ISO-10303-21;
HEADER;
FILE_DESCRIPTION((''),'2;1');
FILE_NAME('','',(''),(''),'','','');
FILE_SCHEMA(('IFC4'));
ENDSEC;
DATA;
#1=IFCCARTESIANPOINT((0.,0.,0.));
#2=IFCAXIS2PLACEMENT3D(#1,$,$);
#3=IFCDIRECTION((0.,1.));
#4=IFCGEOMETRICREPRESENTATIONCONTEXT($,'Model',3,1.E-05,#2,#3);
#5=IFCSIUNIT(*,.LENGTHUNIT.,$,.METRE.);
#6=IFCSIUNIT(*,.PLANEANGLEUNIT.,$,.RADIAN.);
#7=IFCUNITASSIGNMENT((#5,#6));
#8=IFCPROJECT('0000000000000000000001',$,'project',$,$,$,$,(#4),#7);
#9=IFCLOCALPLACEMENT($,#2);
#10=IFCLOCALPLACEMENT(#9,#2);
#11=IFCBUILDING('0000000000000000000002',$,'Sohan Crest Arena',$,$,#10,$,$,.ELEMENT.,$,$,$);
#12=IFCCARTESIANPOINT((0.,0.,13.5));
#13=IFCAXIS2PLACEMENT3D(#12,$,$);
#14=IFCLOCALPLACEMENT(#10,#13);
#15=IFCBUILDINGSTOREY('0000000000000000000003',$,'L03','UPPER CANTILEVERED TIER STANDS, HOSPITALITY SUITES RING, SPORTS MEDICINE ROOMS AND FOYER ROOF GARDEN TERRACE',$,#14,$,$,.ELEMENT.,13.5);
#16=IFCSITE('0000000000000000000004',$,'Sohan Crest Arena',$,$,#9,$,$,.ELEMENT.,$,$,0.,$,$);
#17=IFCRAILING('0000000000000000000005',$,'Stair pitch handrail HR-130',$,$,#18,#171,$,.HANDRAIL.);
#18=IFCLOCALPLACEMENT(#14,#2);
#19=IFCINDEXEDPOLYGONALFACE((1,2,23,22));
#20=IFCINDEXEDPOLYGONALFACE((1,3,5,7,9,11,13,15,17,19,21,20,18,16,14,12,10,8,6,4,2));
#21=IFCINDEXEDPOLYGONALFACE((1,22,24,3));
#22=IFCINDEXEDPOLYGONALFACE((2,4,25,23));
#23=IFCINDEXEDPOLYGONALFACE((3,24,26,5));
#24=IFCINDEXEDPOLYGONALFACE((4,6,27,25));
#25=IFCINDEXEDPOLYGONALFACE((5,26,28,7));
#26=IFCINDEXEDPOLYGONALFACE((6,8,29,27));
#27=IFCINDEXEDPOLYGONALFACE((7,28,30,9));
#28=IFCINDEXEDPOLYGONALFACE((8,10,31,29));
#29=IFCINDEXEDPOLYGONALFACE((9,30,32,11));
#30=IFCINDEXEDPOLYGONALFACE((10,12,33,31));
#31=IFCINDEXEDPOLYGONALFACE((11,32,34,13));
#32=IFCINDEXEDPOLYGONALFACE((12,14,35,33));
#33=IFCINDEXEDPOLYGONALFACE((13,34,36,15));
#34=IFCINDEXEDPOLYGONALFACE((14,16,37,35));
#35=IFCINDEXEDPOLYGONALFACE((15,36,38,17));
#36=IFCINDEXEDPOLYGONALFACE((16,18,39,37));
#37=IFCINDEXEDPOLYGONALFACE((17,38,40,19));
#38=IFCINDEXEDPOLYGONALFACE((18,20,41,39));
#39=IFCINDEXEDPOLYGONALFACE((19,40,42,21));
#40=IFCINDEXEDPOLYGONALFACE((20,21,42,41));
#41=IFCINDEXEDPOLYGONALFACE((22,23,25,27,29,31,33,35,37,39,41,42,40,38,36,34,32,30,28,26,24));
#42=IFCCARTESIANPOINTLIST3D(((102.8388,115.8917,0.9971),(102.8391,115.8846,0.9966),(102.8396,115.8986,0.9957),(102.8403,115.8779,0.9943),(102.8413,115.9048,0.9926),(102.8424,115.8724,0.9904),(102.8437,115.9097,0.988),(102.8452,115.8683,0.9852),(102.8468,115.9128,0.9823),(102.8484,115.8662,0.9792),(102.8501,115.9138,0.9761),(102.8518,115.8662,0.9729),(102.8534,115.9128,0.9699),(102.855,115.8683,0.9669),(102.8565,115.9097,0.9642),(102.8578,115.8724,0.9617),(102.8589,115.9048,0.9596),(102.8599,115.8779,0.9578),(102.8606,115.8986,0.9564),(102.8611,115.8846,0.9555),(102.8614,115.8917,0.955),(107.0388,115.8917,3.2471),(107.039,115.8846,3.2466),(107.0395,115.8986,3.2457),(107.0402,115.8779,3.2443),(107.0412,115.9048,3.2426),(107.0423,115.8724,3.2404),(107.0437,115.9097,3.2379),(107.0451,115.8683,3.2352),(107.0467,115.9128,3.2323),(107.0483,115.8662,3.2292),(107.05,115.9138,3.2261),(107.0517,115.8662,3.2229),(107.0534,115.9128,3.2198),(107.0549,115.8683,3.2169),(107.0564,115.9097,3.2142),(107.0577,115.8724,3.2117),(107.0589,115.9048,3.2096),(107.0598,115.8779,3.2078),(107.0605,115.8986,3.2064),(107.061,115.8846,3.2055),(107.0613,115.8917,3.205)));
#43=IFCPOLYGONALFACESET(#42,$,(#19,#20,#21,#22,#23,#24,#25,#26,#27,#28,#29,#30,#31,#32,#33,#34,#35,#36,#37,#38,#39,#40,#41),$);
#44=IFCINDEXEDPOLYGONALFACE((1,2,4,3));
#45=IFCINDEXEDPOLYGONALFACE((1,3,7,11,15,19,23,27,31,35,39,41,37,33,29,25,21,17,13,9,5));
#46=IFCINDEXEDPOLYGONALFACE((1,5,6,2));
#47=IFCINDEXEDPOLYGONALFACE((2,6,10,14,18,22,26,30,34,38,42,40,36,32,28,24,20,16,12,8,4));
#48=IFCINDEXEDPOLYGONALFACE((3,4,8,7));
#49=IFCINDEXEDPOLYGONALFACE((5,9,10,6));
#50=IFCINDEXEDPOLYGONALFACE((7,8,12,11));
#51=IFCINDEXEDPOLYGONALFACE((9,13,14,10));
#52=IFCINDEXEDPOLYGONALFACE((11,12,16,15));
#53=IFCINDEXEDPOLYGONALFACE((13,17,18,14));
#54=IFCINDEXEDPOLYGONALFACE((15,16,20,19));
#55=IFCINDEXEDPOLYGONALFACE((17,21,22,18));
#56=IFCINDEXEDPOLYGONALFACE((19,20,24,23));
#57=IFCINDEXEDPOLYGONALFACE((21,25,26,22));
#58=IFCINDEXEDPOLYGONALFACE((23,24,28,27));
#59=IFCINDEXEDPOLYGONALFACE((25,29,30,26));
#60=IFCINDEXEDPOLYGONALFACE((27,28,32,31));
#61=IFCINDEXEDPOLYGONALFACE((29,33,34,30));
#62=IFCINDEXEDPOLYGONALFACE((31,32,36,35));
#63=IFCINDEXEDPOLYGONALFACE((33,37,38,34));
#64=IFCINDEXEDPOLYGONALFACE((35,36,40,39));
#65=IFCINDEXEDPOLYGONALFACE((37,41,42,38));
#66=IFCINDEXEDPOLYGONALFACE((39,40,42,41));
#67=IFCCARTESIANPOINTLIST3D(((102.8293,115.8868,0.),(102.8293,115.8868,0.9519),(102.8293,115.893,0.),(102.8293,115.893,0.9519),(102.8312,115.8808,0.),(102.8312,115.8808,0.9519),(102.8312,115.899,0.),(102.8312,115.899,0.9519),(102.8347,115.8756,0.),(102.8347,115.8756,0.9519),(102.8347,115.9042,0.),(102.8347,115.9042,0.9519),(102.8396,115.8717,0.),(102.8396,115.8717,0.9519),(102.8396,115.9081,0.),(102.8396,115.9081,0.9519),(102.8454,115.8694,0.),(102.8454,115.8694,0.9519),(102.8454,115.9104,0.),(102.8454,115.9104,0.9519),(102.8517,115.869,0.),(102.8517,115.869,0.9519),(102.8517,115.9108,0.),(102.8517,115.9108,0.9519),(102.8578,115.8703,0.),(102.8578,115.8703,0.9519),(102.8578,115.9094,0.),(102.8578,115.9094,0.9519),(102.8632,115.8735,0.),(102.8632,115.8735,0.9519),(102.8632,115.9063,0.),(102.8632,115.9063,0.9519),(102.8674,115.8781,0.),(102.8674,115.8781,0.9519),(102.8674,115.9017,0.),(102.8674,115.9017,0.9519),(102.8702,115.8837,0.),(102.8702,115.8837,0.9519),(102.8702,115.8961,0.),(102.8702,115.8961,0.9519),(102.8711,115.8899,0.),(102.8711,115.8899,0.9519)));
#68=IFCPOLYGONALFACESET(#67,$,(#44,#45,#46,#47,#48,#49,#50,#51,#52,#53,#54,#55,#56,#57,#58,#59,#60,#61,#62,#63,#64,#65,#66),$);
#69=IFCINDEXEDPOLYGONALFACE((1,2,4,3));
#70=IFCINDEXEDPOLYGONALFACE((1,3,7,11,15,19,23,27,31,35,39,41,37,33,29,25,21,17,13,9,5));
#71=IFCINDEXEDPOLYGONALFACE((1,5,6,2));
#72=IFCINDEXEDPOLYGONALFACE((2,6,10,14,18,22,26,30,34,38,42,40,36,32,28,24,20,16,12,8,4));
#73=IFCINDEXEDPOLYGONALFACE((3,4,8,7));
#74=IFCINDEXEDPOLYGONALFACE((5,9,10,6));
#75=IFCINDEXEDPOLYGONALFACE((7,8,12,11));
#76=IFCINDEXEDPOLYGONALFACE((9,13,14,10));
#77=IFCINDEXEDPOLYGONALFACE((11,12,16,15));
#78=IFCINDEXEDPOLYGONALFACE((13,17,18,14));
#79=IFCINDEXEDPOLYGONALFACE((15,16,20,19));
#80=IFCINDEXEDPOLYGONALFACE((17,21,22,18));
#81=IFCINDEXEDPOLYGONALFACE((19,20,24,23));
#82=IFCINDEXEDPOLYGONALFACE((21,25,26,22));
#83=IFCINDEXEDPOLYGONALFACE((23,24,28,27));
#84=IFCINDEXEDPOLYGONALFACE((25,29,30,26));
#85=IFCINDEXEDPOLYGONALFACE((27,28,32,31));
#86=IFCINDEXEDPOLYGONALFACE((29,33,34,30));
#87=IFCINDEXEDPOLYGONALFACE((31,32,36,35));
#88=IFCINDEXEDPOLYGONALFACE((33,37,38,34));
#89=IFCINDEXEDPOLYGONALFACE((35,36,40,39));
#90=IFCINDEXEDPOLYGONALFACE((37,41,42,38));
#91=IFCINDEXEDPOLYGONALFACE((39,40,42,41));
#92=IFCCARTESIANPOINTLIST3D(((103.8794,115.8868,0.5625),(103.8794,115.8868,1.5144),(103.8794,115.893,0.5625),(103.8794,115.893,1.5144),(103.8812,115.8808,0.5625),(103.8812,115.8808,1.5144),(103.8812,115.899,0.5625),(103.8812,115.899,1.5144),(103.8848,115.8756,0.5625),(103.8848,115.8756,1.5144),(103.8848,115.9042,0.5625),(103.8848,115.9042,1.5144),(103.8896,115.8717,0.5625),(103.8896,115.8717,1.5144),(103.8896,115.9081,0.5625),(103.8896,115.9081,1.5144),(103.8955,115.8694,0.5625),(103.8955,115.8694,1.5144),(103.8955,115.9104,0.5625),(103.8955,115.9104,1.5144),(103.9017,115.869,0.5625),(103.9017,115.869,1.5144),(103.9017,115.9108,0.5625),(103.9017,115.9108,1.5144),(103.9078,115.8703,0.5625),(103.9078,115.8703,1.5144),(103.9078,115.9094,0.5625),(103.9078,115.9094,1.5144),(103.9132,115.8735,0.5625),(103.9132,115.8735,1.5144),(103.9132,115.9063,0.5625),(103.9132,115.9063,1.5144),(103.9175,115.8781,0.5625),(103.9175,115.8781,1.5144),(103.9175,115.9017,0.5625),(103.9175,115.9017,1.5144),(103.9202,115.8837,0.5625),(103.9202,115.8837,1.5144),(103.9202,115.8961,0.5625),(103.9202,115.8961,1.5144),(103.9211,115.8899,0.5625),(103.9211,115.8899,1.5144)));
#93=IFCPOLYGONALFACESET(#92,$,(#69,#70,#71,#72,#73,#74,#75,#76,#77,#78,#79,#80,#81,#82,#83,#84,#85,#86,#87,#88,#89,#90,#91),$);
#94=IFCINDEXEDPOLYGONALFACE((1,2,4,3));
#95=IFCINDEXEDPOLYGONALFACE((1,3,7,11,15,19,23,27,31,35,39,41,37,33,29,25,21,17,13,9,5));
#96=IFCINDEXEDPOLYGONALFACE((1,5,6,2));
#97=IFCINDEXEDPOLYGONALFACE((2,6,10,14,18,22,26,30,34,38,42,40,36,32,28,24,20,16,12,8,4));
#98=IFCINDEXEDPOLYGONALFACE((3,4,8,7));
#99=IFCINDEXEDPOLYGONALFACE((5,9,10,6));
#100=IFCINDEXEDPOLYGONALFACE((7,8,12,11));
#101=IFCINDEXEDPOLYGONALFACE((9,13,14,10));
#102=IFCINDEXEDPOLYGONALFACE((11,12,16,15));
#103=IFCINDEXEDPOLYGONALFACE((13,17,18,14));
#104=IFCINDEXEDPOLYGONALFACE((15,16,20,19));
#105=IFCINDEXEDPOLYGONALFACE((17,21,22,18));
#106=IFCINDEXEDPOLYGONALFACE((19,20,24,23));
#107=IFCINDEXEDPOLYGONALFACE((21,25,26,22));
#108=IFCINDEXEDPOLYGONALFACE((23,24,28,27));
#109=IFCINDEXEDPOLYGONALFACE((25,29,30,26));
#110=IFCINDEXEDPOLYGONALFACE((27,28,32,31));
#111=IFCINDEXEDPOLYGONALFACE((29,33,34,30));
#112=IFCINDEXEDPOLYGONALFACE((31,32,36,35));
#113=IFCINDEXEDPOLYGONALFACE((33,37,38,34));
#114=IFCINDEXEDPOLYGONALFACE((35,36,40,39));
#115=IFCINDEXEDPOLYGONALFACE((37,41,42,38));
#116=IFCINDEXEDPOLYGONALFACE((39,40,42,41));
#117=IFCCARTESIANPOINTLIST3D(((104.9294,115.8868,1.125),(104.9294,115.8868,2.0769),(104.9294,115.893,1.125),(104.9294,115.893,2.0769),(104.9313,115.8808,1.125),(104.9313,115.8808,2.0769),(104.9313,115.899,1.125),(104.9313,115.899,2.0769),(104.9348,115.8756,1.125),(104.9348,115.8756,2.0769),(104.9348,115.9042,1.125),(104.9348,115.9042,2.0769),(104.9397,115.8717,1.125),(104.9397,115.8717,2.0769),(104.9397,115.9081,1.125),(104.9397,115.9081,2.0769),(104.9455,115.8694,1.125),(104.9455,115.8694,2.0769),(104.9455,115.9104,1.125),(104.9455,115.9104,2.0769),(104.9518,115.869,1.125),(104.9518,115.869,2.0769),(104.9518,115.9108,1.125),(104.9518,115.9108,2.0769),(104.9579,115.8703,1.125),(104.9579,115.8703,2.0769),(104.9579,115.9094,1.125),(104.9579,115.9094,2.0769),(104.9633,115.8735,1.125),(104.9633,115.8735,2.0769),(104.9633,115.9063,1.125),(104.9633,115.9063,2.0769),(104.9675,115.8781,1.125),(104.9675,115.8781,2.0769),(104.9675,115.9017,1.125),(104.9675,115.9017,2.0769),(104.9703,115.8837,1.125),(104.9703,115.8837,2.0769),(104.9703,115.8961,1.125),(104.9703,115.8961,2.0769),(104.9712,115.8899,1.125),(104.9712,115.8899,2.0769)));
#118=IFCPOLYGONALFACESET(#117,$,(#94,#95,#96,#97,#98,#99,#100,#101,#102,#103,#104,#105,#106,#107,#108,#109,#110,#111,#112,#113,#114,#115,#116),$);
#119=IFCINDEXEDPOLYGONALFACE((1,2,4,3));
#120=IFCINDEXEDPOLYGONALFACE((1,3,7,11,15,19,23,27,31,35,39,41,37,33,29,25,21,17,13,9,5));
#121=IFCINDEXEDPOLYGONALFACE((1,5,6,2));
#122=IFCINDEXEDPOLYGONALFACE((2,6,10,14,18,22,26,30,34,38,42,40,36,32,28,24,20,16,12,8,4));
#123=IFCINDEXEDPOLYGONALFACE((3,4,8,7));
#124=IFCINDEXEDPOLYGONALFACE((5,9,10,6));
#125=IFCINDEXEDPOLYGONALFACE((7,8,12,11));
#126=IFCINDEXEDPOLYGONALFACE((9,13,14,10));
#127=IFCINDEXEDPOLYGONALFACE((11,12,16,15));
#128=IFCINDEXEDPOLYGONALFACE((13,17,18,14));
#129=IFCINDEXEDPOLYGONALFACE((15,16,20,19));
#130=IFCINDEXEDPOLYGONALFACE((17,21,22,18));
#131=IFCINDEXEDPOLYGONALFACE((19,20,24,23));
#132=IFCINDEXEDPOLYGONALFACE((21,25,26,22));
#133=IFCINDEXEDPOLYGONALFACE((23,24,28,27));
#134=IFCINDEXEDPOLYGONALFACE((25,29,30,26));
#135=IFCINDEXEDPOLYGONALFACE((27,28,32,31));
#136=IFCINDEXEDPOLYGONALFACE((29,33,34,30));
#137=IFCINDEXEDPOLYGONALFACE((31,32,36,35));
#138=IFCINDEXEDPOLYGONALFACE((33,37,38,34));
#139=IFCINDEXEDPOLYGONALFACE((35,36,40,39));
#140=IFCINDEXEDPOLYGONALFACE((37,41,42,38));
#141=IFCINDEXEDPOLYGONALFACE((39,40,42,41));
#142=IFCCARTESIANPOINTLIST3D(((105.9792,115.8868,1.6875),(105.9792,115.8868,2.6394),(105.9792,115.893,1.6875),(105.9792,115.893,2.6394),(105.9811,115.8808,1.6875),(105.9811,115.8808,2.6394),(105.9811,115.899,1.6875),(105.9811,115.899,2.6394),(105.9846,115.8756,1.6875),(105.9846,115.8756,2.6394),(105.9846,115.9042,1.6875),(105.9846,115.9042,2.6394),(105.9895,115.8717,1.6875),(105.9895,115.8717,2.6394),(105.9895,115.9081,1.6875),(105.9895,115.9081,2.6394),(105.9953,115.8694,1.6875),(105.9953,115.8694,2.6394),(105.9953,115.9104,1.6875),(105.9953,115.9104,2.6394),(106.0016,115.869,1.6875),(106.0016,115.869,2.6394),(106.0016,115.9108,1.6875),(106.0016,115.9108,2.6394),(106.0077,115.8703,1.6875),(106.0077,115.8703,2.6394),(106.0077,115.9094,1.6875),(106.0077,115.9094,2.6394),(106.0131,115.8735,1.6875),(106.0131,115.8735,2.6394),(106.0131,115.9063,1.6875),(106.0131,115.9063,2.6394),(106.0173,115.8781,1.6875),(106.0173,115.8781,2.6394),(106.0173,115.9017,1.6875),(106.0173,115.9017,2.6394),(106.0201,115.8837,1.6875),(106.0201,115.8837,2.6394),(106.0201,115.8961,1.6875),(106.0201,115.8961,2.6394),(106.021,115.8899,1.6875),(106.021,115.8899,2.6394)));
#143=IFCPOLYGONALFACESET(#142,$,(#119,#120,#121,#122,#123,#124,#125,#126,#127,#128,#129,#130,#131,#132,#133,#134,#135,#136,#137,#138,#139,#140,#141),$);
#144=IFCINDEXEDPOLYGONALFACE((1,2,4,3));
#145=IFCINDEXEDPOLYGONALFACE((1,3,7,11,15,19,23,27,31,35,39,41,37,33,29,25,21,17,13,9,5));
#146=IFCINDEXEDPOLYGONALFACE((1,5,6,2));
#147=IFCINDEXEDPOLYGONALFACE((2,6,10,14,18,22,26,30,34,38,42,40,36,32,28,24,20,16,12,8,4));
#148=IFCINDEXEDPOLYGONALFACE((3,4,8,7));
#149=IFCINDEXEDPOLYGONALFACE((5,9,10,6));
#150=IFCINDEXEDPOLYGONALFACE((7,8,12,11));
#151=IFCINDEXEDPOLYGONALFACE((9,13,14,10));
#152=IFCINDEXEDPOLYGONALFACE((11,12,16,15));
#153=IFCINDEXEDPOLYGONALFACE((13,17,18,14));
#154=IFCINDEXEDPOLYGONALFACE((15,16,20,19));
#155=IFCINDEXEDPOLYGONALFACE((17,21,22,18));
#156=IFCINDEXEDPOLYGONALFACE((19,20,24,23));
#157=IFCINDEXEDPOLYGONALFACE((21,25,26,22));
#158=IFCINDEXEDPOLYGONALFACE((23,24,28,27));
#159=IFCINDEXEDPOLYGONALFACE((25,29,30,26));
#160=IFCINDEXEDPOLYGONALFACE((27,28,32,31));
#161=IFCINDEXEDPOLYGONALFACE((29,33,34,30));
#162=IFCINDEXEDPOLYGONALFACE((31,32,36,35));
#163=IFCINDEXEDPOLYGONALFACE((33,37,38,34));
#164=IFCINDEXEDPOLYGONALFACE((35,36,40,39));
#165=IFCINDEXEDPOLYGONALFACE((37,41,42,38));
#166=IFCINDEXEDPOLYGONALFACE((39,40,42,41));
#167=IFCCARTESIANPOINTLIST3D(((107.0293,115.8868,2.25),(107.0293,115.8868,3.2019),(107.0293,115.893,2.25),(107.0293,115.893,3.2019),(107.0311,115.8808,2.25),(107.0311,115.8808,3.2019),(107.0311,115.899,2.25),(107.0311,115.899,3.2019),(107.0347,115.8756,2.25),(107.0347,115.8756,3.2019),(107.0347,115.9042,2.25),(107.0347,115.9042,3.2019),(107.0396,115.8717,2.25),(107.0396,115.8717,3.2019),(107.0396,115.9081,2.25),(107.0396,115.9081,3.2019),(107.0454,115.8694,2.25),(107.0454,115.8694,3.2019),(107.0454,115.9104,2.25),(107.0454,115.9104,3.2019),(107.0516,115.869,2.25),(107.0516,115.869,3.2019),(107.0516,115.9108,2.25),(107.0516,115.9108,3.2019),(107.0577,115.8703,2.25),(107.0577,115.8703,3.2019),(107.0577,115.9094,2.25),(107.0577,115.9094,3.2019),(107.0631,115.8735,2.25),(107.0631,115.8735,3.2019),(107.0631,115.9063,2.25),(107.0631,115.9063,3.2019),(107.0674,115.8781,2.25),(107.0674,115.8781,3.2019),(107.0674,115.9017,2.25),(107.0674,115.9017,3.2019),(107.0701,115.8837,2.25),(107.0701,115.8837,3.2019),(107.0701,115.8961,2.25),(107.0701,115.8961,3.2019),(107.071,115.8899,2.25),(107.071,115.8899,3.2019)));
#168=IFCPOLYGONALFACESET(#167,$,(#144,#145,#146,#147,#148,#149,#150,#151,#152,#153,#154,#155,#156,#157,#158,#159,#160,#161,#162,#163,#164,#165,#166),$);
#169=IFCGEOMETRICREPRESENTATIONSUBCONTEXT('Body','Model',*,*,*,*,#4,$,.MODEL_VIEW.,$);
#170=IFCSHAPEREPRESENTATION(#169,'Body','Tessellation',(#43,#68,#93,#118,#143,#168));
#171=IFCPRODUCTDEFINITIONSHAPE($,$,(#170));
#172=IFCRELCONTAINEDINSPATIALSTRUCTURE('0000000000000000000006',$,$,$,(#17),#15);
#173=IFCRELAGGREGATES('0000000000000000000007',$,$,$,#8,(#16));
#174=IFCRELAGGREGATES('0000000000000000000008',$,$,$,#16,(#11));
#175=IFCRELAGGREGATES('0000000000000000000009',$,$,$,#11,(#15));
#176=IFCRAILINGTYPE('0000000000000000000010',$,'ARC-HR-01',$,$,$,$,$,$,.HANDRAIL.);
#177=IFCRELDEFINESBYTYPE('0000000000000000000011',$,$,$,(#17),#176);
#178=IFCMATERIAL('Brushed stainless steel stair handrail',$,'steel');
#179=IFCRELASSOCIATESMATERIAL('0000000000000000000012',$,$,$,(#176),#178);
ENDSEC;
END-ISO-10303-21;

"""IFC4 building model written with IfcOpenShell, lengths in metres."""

from ifc_helpers import new_model, si_unit, direction, frame, origin, origin_2d, place, context, subcontext, project, spatial, circle, extrude, material, type_object, element, save


model = new_model("IFC4")

# Units and contexts
model_context = context("Model", 3, precision=1e-05, world=origin(), true_north=direction((0.0, 1.0)))
body_context = subcontext(model_context, "Body", "Model", "MODEL_VIEW")
ifc_project = project(units=[si_unit("LENGTHUNIT", "METRE"), si_unit("PLANEANGLEUNIT", "RADIAN")], contexts=[model_context])

# Site, building, storey
site_placement = place(None, origin())
site = spatial("IfcSite", under=ifc_project, at=site_placement, Name="Sohan Crest Arena", CompositionType="ELEMENT", RefElevation=0.0)
building_placement = place(site_placement, origin())
building = spatial("IfcBuilding", under=site, at=building_placement, Name="Sohan Crest Arena", CompositionType="ELEMENT")
storey_placement = place(building_placement, frame((0.0, 0.0, 13.5)))
storey = spatial("IfcBuildingStorey", under=building, at=storey_placement, Name="L03", Description="UPPER CANTILEVERED TIER STANDS, HOSPITALITY SUITES RING, SPORTS MEDICINE ROOMS AND FOYER ROOF GARDEN TERRACE", CompositionType="ELEMENT", Elevation=13.5)

# Railing
ifc_material_1 = material(Name="Brushed stainless steel stair handrail", Category="steel")
railing_type_1 = type_object("IfcRailingType", Name="ARC-HR-01", PredefinedType="HANDRAIL", material=ifc_material_1)
for number, where, name in (
    (1, (102.8501, 115.8899, 0.0), "Stair pitch handrail HR-130"),
):
    element("IfcRailing", number, at=place(storey_placement, frame(where)), inside=storey, type_object=railing_type_1, Name=name, PredefinedType="HANDRAIL", context=body_context, shape_type="SweptSolid", body=[
        extrude(circle(Radius=0.0239, at=origin_2d()), frame((0.0, 0.0, 0.9761), z_axis=(0.881478, 0.0, 0.472226), x_axis=(0.0, 1.0, 0.0)), (0.0, 0.0, 1.0), 4.7646),
        extrude(circle(Radius=0.021, at=origin_2d()), origin(), (0.0, 0.0, 1.0), 0.9519),
        extrude(circle(Radius=0.021, at=origin_2d()), frame((1.05, 0.0, 0.5625)), (0.0, 0.0, 1.0), 0.9519),
        extrude(circle(Radius=0.021, at=origin_2d()), frame((2.1001, 0.0, 1.125)), (0.0, 0.0, 1.0), 0.9519),
        extrude(circle(Radius=0.021, at=origin_2d()), frame((3.1499, 0.0, 1.6875)), (0.0, 0.0, 1.0), 0.9519),
        extrude(circle(Radius=0.021, at=origin_2d()), frame((4.2, 0.0, 2.25)), (0.0, 0.0, 1.0), 0.9519),
    ])

save(model, "model.ifc")
